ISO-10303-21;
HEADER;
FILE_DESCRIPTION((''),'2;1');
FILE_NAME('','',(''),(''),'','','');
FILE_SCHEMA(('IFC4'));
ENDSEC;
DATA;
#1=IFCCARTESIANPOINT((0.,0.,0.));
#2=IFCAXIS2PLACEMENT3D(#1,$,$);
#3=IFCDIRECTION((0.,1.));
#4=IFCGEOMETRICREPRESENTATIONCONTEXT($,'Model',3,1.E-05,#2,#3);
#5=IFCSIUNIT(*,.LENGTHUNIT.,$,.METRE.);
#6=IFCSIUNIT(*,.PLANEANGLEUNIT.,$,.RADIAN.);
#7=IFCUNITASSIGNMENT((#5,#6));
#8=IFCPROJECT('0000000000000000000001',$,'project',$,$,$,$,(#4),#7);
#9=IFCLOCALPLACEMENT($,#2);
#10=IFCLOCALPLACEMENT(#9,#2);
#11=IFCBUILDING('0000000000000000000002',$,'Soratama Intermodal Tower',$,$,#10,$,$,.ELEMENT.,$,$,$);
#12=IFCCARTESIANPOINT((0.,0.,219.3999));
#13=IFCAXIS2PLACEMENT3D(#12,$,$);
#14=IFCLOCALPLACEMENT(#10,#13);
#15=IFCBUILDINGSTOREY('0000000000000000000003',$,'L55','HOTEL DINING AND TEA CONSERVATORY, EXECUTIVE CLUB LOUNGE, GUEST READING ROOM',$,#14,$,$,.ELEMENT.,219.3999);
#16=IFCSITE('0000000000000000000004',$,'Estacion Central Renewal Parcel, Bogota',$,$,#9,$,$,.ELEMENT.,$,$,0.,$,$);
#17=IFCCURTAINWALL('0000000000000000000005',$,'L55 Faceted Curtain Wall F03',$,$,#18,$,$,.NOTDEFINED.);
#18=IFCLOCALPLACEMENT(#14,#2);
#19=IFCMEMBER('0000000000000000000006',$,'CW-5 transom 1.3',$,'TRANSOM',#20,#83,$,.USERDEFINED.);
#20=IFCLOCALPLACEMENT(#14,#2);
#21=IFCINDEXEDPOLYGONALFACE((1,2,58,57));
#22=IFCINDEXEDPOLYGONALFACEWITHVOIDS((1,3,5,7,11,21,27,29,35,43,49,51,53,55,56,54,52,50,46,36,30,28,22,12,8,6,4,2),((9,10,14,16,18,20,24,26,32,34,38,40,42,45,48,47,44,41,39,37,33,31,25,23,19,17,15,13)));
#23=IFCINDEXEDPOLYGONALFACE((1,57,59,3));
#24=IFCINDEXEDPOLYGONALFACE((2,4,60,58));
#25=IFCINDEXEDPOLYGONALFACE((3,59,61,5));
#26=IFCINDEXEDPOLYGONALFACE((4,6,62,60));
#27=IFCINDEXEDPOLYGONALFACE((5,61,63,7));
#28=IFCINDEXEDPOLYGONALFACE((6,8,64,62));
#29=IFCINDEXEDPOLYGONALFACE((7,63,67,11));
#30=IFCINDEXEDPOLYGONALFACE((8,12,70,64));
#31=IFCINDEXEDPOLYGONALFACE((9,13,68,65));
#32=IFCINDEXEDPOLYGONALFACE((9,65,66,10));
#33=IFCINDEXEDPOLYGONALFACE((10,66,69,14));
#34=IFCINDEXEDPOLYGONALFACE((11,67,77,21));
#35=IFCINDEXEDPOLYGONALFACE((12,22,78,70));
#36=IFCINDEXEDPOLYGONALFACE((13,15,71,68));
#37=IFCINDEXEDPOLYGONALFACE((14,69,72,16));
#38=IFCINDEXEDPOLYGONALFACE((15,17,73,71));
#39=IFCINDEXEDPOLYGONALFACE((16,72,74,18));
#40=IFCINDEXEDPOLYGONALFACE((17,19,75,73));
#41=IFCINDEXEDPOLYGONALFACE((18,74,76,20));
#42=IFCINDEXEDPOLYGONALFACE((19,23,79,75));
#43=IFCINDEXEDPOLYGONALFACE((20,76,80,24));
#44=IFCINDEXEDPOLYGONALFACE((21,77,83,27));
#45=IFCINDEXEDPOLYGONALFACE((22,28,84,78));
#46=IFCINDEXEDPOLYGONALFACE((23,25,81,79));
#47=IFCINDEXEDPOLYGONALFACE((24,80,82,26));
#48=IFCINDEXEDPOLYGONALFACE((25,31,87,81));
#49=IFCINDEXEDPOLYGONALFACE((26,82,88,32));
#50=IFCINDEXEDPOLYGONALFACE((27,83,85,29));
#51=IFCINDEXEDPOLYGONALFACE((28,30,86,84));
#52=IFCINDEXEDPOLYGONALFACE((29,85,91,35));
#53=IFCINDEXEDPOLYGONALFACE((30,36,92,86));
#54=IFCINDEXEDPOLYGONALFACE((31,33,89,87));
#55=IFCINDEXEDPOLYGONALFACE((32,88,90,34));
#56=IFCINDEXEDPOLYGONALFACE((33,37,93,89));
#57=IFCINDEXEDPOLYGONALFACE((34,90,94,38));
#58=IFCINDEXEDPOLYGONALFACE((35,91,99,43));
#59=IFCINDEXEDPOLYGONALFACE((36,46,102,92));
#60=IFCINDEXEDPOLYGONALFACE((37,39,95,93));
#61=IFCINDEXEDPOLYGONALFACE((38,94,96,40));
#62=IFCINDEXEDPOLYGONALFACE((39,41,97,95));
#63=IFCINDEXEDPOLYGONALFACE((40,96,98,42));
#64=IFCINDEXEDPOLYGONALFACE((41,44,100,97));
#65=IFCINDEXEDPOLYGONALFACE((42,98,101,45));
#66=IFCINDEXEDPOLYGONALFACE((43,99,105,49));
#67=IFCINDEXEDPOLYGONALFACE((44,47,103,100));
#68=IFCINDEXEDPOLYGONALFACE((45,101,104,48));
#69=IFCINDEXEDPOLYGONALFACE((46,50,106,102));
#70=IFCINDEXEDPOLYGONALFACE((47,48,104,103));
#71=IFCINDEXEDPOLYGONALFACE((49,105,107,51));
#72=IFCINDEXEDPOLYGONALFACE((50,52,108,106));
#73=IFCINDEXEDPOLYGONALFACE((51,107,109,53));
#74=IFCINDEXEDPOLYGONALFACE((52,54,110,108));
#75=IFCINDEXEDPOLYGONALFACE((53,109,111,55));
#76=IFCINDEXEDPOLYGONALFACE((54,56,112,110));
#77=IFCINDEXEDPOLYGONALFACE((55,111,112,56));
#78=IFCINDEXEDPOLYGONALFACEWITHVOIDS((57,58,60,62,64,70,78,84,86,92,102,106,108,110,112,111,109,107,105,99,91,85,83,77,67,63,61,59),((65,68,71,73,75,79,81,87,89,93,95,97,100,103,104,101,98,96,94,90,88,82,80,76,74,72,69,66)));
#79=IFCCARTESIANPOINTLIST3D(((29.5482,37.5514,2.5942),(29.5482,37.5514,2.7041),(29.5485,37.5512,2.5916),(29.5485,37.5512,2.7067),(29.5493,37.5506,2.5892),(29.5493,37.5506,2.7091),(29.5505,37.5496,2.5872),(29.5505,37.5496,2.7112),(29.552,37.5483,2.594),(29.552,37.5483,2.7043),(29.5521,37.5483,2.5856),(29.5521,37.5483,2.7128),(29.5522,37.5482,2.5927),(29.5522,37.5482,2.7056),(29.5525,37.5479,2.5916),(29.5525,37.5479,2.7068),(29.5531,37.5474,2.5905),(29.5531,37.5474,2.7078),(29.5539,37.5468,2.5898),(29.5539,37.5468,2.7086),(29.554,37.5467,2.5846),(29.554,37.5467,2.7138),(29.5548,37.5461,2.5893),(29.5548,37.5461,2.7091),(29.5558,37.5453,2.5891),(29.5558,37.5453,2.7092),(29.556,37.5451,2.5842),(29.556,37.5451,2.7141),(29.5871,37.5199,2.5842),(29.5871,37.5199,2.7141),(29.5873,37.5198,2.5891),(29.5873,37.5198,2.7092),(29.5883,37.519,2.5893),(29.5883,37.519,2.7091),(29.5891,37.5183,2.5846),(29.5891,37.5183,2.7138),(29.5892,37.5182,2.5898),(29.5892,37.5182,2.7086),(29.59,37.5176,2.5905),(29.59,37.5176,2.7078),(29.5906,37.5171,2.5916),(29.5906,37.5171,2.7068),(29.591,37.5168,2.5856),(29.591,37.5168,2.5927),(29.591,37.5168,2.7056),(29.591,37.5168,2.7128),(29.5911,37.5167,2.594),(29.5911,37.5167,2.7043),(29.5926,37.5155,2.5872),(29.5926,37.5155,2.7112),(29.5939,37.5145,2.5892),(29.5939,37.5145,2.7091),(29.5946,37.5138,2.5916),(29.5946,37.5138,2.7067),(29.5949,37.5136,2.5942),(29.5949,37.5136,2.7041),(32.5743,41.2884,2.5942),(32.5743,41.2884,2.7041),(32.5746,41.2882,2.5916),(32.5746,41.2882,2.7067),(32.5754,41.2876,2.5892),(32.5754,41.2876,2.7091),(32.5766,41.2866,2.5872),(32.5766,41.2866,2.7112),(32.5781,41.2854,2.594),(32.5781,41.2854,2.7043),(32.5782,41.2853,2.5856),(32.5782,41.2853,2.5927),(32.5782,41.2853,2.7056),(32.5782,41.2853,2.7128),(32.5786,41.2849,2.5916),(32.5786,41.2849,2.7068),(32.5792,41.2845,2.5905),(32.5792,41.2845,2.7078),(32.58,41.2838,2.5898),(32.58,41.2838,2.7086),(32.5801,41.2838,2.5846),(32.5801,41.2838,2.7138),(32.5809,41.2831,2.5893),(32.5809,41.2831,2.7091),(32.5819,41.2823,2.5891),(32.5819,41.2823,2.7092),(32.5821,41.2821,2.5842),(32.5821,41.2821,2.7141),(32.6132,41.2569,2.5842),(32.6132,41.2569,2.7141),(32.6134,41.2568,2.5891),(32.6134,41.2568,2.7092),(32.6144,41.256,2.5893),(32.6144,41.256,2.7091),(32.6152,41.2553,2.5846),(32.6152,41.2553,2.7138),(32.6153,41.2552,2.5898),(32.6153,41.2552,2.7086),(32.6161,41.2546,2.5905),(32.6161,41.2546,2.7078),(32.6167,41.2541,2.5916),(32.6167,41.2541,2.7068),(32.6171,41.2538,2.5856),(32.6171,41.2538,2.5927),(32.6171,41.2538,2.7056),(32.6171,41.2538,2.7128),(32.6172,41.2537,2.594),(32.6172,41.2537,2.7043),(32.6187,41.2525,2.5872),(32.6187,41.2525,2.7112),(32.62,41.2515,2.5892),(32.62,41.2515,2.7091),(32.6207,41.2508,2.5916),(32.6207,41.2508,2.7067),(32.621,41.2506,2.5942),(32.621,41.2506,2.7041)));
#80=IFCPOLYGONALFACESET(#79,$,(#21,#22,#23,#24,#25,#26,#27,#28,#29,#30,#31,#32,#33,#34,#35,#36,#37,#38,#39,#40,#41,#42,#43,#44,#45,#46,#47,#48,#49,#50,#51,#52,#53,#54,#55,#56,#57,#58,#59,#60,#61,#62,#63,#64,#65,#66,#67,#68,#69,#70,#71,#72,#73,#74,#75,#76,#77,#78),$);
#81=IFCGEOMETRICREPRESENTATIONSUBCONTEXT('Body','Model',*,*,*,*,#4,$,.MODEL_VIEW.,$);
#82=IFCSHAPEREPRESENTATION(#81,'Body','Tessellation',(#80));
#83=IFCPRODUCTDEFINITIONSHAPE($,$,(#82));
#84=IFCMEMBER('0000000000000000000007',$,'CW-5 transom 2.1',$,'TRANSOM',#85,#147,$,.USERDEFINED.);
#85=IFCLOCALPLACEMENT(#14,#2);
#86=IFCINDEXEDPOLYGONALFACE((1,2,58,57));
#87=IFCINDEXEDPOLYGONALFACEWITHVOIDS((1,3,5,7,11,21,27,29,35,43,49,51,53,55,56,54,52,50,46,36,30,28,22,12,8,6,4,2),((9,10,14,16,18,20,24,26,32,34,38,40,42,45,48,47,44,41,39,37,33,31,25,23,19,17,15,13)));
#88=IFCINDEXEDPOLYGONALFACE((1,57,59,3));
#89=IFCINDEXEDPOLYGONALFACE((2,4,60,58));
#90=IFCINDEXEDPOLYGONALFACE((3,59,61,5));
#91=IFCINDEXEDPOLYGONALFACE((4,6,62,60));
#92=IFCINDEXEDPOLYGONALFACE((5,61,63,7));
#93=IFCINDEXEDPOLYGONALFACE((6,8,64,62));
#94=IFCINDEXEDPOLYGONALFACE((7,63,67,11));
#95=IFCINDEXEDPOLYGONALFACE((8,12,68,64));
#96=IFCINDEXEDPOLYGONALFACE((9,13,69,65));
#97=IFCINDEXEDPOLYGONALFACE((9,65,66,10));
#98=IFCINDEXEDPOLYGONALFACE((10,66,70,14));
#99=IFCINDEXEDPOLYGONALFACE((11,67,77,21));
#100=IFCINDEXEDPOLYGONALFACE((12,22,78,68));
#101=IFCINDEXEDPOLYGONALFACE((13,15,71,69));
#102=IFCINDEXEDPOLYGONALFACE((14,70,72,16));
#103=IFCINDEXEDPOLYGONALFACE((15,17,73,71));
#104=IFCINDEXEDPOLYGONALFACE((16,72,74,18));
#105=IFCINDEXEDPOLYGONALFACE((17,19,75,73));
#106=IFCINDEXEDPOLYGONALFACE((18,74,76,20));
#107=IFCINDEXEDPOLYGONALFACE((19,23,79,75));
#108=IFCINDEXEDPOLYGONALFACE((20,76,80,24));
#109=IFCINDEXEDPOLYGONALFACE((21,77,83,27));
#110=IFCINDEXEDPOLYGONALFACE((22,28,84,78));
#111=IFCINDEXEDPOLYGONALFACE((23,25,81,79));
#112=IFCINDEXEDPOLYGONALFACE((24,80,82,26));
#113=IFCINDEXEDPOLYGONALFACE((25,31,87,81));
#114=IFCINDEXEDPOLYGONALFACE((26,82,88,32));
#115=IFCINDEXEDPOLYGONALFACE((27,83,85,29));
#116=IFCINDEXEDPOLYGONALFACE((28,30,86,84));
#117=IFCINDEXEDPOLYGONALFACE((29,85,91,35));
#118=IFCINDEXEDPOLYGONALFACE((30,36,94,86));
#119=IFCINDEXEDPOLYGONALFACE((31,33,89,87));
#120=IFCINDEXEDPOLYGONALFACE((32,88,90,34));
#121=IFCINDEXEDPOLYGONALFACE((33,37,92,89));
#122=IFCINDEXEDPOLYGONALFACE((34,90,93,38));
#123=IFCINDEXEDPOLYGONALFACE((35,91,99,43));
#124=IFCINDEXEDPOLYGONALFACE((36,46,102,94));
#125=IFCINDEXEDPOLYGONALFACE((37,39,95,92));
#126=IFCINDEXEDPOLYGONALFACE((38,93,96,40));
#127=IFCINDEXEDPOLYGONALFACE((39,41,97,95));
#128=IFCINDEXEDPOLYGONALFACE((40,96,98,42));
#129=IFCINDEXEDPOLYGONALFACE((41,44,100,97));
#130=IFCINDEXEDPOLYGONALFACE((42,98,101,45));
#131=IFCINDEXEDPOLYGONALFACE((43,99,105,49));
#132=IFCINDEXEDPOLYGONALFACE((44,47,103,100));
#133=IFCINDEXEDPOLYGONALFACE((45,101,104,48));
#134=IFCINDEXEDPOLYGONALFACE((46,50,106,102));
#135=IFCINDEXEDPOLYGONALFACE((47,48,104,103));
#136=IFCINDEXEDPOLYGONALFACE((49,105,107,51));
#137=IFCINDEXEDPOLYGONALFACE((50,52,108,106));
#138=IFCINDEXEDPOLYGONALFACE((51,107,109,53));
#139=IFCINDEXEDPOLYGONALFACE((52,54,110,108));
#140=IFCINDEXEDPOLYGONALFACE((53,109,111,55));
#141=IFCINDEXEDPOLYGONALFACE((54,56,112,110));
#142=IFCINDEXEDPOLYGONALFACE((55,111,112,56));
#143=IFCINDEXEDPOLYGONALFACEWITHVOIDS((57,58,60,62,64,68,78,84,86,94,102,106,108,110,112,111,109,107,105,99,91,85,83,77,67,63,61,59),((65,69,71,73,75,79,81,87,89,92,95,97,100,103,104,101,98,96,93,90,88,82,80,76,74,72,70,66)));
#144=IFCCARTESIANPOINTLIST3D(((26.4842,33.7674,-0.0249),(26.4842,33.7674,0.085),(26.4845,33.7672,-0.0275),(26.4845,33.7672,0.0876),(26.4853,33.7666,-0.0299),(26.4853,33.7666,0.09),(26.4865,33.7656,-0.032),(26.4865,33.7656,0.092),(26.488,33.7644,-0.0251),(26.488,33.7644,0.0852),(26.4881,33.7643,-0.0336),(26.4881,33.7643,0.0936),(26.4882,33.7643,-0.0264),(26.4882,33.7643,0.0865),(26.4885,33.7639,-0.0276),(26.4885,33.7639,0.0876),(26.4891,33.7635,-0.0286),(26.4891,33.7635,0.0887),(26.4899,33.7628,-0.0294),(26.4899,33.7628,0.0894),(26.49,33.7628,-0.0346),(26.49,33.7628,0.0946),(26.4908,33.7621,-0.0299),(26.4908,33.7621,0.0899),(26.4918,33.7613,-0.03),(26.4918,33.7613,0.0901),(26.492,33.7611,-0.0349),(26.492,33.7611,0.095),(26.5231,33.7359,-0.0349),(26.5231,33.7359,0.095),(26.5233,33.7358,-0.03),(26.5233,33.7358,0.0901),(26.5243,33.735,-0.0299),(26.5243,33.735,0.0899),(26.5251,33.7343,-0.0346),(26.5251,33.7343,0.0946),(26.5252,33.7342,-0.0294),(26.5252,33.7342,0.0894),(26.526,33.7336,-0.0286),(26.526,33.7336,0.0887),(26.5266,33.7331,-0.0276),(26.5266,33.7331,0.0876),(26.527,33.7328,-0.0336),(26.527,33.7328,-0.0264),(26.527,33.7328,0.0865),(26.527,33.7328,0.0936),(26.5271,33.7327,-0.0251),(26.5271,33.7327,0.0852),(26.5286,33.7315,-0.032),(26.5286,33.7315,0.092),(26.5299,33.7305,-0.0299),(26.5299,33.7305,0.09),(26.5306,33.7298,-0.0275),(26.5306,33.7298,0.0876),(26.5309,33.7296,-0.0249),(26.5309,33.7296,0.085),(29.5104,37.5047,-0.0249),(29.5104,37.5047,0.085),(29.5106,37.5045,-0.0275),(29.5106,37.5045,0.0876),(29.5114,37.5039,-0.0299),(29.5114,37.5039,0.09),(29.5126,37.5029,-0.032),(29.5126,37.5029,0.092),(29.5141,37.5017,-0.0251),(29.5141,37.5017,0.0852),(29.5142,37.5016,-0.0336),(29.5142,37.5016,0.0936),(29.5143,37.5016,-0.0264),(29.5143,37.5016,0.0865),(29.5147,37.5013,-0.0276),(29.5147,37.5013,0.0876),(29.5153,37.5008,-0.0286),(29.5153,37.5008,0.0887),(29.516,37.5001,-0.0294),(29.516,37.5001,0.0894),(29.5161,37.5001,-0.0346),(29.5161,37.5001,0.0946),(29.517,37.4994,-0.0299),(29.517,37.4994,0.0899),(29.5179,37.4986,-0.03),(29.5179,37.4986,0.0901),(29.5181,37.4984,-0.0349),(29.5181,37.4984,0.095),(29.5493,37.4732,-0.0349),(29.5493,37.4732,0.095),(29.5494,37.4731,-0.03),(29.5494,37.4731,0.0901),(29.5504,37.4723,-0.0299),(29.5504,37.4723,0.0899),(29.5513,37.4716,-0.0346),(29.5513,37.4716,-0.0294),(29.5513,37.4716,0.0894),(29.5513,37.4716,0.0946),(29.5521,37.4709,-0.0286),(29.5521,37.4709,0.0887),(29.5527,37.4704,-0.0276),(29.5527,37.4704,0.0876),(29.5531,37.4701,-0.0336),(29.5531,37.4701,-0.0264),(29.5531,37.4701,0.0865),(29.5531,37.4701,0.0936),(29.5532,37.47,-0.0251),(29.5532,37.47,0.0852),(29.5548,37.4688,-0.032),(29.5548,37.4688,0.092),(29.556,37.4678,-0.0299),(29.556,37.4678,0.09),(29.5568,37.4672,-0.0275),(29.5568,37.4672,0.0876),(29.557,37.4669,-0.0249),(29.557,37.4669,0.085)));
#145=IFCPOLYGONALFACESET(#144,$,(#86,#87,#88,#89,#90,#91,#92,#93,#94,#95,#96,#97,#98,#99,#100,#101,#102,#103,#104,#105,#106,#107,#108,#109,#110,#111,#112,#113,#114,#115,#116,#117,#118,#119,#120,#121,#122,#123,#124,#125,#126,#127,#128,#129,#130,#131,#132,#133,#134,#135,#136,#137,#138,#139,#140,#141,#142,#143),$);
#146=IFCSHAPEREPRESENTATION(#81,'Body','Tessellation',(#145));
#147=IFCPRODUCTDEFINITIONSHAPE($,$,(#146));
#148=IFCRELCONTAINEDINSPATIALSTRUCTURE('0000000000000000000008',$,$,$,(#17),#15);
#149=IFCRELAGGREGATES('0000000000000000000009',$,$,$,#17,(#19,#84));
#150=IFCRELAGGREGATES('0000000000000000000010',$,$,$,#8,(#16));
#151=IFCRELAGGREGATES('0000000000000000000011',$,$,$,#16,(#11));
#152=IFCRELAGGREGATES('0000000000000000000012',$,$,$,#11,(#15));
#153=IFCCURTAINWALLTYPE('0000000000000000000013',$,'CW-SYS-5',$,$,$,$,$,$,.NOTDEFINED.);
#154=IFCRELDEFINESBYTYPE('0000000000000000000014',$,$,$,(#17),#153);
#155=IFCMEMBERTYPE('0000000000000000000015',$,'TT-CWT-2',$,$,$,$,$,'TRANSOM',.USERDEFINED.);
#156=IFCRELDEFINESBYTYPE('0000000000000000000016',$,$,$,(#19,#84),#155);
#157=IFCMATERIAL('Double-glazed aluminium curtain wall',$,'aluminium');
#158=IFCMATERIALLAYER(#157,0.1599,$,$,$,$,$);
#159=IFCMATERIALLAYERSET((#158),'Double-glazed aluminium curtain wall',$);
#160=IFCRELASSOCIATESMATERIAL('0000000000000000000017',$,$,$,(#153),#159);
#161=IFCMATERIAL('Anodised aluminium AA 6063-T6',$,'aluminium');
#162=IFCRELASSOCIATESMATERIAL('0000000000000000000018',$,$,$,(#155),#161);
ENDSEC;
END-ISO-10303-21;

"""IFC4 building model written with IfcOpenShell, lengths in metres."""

from ifc_helpers import new_model, si_unit, direction, frame, origin, origin_2d, place, context, subcontext, project, spatial, hollow_rectangle, extrude, material, layer, layer_set, material_profile, profile_set, type_object, element, aggregate, save


model = new_model("IFC4")

# Units and contexts
model_context = context("Model", 3, precision=1e-05, world=origin(), true_north=direction((0.0, 1.0)))
body_context = subcontext(model_context, "Body", "Model", "MODEL_VIEW")
ifc_project = project(units=[si_unit("LENGTHUNIT", "METRE"), si_unit("PLANEANGLEUNIT", "RADIAN")], contexts=[model_context])

# Site, building, storey
site_placement = place(None, origin())
site = spatial("IfcSite", under=ifc_project, at=site_placement, Name="Estacion Central Renewal Parcel, Bogota", CompositionType="ELEMENT", RefElevation=0.0)
building_placement = place(site_placement, origin())
building = spatial("IfcBuilding", under=site, at=building_placement, Name="Soratama Intermodal Tower", CompositionType="ELEMENT")
storey_placement = place(building_placement, frame((0.0, 0.0, 219.3999)))
storey = spatial("IfcBuildingStorey", under=building, at=storey_placement, Name="L55", Description="HOTEL DINING AND TEA CONSERVATORY, EXECUTIVE CLUB LOUNGE, GUEST READING ROOM", CompositionType="ELEMENT", Elevation=219.3999)

# Curtain wall, members
ifc_material_1 = material(Name="Double-glazed aluminium curtain wall", Category="aluminium")
ifc_layer_1 = layer(ifc_material_1, 0.1599)
ifc_layer_set_1 = layer_set([ifc_layer_1], Name="Double-glazed aluminium curtain wall")
curtain_wall_type = type_object("IfcCurtainWallType", Name="CW-SYS-5", PredefinedType="NOTDEFINED", material=ifc_layer_set_1)
curtain_wall_placement = place(storey_placement, origin())
curtain_wall = element("IfcCurtainWall", 1, at=curtain_wall_placement, inside=storey, type_object=curtain_wall_type, Name="L55 Faceted Curtain Wall F03", PredefinedType="NOTDEFINED")
ifc_material_2 = material(Name="Anodised aluminium AA 6063-T6", Category="aluminium")
ifc_material_profile_1 = material_profile(ifc_material_2, hollow_rectangle(XDim=0.0601, YDim=0.1299, WallThickness=0.0049, InnerFilletRadius=0.0049, OuterFilletRadius=0.01, at=origin_2d()), Name="CWT130X60X5")
ifc_profile_set_1 = profile_set([ifc_material_profile_1], Name="Anodised aluminium AA 6063-T6")
member_type_1 = type_object("IfcMemberType", Name="TT-CWT-2", ElementType="TRANSOM", PredefinedType="USERDEFINED", material=ifc_profile_set_1)
member_1_placement = place(storey_placement, frame((32.5977, 41.2695, 2.6492), z_axis=(-0.629309, -0.777155, 0.0), x_axis=(0.777155, -0.629309, 0.0)))
member_1 = element("IfcMember", 2, at=member_1_placement, type_object=member_type_1, Name="CW-5 transom 1.3", ObjectType="TRANSOM", PredefinedType="USERDEFINED", context=body_context, shape_type="SweptSolid", body=[
    extrude(hollow_rectangle(XDim=0.0601, YDim=0.1299, WallThickness=0.0049, InnerFilletRadius=0.0049, OuterFilletRadius=0.01, at=origin_2d()), origin(), (0.0, 0.0, 1.0), 4.8086),
])
member_2_placement = place(storey_placement, frame((29.5337, 37.4858, 0.03), z_axis=(-0.629284, -0.777175, 0.0), x_axis=(0.777175, -0.629284, 0.0)))
member_2 = element("IfcMember", 3, at=member_2_placement, type_object=member_type_1, Name="CW-5 transom 2.1", ObjectType="TRANSOM", PredefinedType="USERDEFINED", context=body_context, shape_type="SweptSolid", body=[
    extrude(hollow_rectangle(XDim=0.0601, YDim=0.1299, WallThickness=0.0049, InnerFilletRadius=0.0049, OuterFilletRadius=0.01, at=origin_2d()), origin(), (0.0, 0.0, 1.0), 4.8088),
])
aggregate(curtain_wall, [member_1, member_2])

save(model, "model.ifc")
